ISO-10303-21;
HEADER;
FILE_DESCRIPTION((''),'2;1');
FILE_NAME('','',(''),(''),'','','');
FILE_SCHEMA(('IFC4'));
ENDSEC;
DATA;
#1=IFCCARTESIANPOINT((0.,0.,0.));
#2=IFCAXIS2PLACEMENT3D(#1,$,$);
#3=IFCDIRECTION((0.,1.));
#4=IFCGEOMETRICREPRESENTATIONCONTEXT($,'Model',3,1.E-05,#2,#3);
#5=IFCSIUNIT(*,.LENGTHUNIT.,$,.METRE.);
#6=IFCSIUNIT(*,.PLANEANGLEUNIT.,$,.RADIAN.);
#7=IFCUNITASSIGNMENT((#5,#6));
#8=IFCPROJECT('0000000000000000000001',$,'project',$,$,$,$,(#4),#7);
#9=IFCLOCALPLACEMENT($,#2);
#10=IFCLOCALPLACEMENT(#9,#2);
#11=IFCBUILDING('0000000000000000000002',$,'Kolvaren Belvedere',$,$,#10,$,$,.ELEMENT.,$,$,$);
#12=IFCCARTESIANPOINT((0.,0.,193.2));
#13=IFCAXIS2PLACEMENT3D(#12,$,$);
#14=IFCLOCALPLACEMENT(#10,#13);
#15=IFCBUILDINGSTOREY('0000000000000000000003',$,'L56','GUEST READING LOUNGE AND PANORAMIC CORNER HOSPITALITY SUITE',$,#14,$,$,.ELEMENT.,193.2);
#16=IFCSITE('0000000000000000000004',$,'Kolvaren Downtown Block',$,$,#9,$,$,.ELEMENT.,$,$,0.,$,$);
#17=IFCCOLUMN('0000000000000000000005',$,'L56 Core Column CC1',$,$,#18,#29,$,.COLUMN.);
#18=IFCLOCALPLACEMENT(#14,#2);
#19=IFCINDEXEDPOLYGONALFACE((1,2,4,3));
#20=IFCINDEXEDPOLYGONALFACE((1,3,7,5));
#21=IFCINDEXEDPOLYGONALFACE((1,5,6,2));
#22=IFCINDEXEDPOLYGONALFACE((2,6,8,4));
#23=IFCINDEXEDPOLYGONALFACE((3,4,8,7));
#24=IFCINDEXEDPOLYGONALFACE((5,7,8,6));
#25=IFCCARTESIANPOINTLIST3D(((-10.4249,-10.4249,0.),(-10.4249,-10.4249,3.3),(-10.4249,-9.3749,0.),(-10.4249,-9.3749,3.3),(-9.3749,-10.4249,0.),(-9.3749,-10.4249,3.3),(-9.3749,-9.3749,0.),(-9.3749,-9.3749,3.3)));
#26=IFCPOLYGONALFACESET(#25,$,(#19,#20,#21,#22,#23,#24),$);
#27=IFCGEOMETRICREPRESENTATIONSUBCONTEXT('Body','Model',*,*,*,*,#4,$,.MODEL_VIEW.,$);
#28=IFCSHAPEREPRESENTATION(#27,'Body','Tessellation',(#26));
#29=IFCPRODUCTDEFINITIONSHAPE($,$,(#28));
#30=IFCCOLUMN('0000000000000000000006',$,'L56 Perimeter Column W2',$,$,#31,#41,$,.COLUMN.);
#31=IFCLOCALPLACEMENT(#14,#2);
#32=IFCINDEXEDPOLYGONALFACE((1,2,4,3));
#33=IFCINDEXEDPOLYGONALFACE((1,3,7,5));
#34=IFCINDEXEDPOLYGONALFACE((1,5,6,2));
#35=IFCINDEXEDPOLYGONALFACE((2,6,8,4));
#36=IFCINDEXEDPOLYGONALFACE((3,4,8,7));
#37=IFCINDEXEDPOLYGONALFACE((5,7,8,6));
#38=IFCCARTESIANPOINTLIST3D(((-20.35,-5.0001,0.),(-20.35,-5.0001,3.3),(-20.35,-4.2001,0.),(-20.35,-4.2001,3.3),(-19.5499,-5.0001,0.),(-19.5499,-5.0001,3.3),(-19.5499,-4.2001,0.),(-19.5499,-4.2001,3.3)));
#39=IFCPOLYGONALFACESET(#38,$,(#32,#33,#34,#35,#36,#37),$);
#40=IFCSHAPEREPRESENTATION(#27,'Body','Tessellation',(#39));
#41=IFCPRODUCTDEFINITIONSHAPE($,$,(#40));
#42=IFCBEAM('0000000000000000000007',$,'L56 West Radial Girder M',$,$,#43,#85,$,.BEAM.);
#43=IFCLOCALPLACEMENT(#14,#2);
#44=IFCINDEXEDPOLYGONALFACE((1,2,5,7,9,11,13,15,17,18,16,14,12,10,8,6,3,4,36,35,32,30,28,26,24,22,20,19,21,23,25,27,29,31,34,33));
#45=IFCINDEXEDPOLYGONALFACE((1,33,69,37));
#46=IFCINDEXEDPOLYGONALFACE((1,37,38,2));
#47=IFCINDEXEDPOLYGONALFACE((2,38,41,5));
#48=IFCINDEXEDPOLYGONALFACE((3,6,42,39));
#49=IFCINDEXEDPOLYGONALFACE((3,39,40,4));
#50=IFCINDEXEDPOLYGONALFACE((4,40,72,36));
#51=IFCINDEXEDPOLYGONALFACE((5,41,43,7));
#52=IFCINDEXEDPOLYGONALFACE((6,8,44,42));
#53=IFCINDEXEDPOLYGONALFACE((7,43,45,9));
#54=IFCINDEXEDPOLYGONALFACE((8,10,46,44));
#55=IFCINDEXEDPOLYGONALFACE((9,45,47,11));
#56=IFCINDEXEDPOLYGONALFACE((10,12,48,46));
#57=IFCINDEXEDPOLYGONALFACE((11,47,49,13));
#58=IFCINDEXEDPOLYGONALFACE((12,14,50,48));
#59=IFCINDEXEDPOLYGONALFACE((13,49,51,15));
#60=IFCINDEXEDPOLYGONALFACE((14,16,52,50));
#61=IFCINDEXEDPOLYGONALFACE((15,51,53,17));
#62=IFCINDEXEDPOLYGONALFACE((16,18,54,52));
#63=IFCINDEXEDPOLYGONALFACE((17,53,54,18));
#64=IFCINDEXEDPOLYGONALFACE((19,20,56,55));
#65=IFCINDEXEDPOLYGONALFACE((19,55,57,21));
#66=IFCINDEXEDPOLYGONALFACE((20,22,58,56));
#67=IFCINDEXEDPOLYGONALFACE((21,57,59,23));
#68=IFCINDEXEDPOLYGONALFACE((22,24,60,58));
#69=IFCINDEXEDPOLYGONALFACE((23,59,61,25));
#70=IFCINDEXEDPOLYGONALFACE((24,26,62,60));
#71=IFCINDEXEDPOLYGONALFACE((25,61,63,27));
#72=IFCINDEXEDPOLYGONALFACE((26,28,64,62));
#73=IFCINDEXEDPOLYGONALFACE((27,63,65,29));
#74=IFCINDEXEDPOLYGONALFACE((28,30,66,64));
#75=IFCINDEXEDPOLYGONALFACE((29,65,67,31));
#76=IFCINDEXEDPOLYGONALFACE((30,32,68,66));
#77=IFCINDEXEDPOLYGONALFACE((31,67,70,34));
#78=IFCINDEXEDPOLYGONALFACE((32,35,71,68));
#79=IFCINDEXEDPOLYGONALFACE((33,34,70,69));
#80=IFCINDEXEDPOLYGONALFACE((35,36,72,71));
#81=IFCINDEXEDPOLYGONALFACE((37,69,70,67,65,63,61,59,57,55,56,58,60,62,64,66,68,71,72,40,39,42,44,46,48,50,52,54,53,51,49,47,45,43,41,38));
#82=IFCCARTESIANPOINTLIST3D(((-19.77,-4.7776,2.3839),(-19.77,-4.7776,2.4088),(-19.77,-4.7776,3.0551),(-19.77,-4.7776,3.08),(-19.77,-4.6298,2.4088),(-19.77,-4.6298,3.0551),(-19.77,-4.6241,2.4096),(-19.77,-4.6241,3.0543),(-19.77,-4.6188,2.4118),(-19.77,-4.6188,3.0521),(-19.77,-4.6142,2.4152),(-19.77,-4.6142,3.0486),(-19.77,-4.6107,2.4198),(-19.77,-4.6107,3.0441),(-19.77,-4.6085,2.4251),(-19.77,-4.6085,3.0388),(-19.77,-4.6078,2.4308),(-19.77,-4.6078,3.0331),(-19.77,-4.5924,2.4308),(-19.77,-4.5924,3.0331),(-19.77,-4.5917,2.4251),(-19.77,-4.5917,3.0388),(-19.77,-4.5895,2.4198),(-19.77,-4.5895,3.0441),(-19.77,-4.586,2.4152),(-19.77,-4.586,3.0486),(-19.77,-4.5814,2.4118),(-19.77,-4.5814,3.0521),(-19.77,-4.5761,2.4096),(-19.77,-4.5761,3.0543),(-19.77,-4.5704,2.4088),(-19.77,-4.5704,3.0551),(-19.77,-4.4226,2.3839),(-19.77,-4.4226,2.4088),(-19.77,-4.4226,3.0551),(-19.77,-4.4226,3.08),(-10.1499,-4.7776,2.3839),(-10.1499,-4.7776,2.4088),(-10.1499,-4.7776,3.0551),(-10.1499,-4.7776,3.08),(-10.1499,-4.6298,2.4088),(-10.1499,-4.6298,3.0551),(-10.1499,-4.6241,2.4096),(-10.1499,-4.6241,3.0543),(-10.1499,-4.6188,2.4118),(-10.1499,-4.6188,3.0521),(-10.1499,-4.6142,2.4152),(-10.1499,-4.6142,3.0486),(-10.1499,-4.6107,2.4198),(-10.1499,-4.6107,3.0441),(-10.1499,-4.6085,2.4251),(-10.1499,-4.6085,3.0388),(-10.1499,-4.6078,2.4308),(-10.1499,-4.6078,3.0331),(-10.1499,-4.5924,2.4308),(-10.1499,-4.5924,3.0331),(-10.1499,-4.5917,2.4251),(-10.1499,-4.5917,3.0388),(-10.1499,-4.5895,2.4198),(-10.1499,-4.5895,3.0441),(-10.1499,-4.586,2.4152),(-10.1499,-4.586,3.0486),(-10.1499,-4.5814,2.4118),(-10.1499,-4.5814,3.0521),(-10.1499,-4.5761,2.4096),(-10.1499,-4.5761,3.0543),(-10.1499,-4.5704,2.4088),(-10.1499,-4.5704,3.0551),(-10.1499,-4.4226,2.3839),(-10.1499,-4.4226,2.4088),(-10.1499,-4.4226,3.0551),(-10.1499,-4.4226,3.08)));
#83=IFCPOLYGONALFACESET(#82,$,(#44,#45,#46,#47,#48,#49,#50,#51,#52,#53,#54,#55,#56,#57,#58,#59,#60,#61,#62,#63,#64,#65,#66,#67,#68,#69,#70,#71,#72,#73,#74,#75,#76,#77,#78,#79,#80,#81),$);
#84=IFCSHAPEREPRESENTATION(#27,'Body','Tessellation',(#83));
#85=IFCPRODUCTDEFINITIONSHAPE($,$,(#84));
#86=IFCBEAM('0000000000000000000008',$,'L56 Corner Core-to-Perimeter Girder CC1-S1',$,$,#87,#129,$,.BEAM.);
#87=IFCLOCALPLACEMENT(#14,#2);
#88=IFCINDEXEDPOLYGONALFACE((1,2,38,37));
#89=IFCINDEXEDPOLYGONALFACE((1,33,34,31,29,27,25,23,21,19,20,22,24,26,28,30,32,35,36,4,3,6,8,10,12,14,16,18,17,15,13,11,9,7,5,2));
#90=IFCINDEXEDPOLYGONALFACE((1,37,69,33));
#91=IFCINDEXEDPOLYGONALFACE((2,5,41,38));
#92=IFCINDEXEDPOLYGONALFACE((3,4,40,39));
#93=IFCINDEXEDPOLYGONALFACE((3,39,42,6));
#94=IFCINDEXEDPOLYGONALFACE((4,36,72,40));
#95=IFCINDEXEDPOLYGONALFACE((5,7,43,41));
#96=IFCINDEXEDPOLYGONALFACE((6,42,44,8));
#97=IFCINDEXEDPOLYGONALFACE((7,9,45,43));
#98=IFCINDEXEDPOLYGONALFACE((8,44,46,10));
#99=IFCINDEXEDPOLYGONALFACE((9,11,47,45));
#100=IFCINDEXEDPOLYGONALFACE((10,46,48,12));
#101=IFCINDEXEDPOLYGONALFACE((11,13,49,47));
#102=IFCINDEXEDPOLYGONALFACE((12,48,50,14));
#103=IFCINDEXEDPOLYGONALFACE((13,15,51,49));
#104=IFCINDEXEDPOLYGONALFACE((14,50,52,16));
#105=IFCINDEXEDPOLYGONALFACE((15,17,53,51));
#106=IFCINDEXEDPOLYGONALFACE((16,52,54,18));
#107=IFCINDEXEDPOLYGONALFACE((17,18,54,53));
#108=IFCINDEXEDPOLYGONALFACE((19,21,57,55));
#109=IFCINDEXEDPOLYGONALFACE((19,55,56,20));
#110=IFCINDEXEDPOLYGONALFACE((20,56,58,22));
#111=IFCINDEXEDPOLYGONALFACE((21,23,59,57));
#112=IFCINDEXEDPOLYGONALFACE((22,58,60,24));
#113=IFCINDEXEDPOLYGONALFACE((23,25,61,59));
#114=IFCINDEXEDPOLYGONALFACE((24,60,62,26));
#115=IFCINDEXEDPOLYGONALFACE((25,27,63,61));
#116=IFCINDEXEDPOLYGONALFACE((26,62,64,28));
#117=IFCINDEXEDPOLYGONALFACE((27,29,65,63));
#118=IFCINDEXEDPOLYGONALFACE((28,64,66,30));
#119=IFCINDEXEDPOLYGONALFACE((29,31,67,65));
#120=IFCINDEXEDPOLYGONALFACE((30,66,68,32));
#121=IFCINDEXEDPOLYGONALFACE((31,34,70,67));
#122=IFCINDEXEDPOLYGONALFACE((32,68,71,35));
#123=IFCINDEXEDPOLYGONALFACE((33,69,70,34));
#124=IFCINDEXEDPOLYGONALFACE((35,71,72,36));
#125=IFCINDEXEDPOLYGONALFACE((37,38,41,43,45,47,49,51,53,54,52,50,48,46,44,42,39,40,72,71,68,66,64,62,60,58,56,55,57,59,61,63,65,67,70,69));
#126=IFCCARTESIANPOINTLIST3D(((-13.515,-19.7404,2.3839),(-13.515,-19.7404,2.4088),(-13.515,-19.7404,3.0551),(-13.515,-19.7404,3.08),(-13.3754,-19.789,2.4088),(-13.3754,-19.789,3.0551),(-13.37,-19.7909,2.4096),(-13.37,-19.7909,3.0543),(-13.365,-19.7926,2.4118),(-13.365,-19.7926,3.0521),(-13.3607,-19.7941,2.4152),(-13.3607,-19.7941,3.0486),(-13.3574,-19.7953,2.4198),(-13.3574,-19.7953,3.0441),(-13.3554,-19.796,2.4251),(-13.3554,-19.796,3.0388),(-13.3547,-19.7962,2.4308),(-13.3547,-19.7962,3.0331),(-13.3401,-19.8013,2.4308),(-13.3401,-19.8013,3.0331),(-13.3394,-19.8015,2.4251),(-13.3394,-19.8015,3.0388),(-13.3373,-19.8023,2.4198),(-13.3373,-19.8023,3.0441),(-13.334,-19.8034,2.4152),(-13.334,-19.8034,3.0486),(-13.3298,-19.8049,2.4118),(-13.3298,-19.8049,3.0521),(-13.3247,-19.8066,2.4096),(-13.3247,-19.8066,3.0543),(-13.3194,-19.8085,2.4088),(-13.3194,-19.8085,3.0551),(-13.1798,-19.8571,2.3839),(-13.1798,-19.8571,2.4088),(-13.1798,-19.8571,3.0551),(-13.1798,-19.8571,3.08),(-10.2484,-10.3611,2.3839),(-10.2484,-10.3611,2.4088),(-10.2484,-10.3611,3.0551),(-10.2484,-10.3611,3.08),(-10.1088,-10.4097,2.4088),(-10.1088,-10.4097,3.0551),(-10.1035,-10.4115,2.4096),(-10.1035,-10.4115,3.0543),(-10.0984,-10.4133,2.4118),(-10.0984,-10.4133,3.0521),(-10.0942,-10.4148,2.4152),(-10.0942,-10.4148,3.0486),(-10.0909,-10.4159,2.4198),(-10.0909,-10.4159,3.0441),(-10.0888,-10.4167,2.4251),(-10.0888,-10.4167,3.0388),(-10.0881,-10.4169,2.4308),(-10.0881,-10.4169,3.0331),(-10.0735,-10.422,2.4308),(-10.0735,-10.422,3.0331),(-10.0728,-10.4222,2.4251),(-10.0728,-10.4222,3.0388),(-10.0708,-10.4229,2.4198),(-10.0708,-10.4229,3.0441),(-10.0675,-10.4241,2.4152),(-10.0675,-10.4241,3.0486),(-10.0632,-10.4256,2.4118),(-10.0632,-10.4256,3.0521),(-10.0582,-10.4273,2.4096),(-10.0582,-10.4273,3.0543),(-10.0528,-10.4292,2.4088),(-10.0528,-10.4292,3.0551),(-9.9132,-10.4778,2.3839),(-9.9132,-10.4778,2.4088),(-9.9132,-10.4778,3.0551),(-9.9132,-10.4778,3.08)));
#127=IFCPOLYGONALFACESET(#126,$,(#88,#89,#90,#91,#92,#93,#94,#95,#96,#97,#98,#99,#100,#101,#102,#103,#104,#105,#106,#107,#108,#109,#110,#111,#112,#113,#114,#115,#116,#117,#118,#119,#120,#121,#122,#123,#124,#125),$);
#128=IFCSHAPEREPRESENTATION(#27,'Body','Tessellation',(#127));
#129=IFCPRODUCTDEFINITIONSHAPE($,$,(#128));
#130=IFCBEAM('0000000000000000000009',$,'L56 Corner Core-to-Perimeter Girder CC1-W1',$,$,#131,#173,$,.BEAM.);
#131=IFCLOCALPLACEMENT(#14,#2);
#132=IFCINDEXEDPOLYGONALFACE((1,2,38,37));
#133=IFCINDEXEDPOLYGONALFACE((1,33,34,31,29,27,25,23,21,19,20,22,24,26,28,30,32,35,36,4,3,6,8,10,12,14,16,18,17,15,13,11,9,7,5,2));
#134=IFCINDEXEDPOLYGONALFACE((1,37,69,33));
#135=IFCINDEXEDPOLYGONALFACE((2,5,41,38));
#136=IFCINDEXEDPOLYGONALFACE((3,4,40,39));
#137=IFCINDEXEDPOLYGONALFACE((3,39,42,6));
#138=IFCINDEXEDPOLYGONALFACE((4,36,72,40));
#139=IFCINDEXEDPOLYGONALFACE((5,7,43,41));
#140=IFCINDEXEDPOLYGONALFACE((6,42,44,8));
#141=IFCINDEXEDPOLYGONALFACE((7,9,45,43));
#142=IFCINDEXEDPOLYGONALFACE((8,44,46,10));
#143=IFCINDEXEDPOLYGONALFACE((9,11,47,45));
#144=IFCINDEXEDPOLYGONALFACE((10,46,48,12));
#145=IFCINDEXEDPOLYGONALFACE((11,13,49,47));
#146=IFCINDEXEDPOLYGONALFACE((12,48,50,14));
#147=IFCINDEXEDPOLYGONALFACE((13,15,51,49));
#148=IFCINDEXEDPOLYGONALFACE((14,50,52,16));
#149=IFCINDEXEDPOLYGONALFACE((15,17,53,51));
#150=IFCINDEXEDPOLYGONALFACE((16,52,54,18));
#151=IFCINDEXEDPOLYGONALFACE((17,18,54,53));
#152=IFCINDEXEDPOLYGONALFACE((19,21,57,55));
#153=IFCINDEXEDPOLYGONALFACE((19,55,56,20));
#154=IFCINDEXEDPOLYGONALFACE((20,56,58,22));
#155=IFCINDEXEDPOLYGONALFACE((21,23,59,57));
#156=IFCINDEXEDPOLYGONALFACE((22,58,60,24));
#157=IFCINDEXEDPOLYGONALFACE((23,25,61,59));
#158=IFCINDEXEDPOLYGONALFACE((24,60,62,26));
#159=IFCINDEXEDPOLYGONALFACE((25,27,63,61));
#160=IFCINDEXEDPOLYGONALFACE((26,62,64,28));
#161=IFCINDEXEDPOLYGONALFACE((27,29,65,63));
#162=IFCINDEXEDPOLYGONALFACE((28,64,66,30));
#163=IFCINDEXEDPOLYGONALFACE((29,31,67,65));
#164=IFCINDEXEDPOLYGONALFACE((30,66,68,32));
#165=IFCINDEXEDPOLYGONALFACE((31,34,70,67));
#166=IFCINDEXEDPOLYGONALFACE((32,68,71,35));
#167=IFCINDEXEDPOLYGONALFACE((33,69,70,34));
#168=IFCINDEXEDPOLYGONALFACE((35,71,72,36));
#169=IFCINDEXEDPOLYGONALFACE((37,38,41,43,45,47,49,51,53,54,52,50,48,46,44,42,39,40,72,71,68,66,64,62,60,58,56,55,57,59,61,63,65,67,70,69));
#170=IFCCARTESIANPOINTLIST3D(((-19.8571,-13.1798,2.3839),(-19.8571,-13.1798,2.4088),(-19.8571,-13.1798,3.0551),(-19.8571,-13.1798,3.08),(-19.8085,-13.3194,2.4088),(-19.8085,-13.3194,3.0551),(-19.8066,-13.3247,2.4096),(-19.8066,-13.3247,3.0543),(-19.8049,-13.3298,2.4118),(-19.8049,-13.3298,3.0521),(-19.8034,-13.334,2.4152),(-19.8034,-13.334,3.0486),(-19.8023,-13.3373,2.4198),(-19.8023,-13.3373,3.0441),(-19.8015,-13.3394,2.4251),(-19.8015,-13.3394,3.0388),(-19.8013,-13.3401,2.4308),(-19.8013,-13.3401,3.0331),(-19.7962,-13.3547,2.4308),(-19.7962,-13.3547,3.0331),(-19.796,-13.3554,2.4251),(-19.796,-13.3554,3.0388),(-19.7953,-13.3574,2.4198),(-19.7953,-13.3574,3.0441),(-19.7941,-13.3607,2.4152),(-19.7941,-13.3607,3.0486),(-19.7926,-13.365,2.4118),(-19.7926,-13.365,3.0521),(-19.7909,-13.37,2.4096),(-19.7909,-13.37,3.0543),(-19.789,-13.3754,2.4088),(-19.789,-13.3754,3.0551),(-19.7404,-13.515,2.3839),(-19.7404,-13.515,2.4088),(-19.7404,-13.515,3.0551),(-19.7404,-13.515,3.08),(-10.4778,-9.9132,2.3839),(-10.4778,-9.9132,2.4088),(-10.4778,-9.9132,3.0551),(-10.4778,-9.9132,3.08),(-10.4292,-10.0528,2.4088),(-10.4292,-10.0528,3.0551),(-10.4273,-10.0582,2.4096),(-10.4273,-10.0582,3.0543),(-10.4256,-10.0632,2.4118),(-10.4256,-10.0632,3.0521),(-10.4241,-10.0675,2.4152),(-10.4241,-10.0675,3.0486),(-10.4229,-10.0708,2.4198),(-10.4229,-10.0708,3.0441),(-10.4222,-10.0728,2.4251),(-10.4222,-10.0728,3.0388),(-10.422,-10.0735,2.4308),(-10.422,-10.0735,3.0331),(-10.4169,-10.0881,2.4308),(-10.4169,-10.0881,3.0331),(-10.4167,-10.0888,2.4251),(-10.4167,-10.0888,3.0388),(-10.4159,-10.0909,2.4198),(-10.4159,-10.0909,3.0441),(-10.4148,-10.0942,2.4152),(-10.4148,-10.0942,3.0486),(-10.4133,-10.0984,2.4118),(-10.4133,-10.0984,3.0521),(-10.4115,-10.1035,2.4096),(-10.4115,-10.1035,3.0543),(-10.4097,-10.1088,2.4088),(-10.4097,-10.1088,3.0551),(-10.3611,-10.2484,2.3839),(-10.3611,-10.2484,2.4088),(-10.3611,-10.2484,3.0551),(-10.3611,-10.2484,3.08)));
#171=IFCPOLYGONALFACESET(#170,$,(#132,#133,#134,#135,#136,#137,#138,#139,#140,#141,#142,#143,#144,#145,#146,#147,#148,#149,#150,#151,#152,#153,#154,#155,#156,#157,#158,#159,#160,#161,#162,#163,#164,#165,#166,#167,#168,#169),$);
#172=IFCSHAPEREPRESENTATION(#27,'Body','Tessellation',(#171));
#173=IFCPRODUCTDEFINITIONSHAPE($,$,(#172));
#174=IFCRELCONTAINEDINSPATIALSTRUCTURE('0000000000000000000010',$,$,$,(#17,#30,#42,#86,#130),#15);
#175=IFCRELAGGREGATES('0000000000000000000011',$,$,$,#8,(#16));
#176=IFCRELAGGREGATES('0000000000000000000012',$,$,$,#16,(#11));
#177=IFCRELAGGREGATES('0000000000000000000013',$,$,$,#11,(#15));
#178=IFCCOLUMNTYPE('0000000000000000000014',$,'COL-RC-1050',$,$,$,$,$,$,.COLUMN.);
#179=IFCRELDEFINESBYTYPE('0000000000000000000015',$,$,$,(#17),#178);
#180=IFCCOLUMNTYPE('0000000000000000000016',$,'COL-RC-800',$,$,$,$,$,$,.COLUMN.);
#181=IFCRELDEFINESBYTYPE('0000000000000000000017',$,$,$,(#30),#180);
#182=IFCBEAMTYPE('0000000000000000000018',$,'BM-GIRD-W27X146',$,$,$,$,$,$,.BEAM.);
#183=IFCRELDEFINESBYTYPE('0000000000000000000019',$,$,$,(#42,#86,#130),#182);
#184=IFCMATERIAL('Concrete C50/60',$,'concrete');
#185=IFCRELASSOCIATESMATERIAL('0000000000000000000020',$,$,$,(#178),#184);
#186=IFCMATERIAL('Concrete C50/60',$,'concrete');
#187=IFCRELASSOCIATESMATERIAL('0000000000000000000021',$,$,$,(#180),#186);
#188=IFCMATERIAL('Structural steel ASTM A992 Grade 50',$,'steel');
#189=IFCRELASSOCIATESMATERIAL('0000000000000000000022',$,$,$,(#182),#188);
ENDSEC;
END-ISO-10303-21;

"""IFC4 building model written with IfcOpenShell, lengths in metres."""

from ifc_helpers import new_model, si_unit, direction, frame, origin, origin_2d, place, context, subcontext, project, spatial, rectangle, i_section, extrude, material, material_profile, profile_set, type_object, element, save


model = new_model("IFC4")

# Units and contexts
model_context = context("Model", 3, precision=1e-05, world=origin(), true_north=direction((0.0, 1.0)))
body_context = subcontext(model_context, "Body", "Model", "MODEL_VIEW")
ifc_project = project(units=[si_unit("LENGTHUNIT", "METRE"), si_unit("PLANEANGLEUNIT", "RADIAN")], contexts=[model_context])

# Site, building, storey
site_placement = place(None, origin())
site = spatial("IfcSite", under=ifc_project, at=site_placement, Name="Kolvaren Downtown Block", CompositionType="ELEMENT", RefElevation=0.0)
building_placement = place(site_placement, origin())
building = spatial("IfcBuilding", under=site, at=building_placement, Name="Kolvaren Belvedere", CompositionType="ELEMENT")
storey_placement = place(building_placement, frame((0.0, 0.0, 193.2)))
storey = spatial("IfcBuildingStorey", under=building, at=storey_placement, Name="L56", Description="GUEST READING LOUNGE AND PANORAMIC CORNER HOSPITALITY SUITE", CompositionType="ELEMENT", Elevation=193.2)

# Columns
ifc_material_1 = material(Name="Concrete C50/60", Category="concrete")
ifc_material_profile_1 = material_profile(ifc_material_1, rectangle(XDim=1.05, YDim=1.05, at=origin_2d()), Name="RC 1050X1050")
ifc_profile_set_1 = profile_set([ifc_material_profile_1], Name="Concrete C50/60")
column_type_1 = type_object("IfcColumnType", Name="COL-RC-1050", PredefinedType="COLUMN", material=ifc_profile_set_1)
column_1_placement = place(storey_placement, frame((-9.8999, -9.8999, 0.0), z_axis=(0.0, 0.0, 1.0), x_axis=(1.0, 0.0, 0.0)))
element("IfcColumn", 1, at=column_1_placement, inside=storey, type_object=column_type_1, Name="L56 Core Column CC1", PredefinedType="COLUMN", context=body_context, shape_type="SweptSolid", body=[
    extrude(rectangle(XDim=1.05, YDim=1.05, at=origin_2d()), origin(), (0.0, 0.0, 1.0), 3.3),
])
ifc_material_2 = material(Name="Concrete C50/60", Category="concrete")
ifc_material_profile_2 = material_profile(ifc_material_2, rectangle(XDim=0.8, YDim=0.8, at=origin_2d()), Name="RC 800X800")
ifc_profile_set_2 = profile_set([ifc_material_profile_2], Name="Concrete C50/60")
column_type_2 = type_object("IfcColumnType", Name="COL-RC-800", PredefinedType="COLUMN", material=ifc_profile_set_2)
column_2_placement = place(storey_placement, frame((-19.95, -4.6001, 0.0), z_axis=(0.0, 0.0, 1.0), x_axis=(1.0, 0.0, 0.0)))
element("IfcColumn", 2, at=column_2_placement, inside=storey, type_object=column_type_2, Name="L56 Perimeter Column W2", PredefinedType="COLUMN", context=body_context, shape_type="SweptSolid", body=[
    extrude(rectangle(XDim=0.8, YDim=0.8, at=origin_2d()), origin(), (0.0, 0.0, 1.0), 3.3),
])

# Beams
ifc_material_3 = material(Name="Structural steel ASTM A992 Grade 50", Category="steel")
ifc_material_profile_3 = material_profile(ifc_material_3, i_section(OverallWidth=0.355, OverallDepth=0.696, WebThickness=0.0154, FlangeThickness=0.0249, FilletRadius=0.022, at=origin_2d()), Name="W27X146")
ifc_profile_set_3 = profile_set([ifc_material_profile_3], Name="Structural steel ASTM A992 Grade 50")
beam_type_1 = type_object("IfcBeamType", Name="BM-GIRD-W27X146", PredefinedType="BEAM", material=ifc_profile_set_3)
beam_1_placement = place(storey_placement, frame((-10.1499, -4.6001, 2.7319), z_axis=(-1.0, 0.0, 0.0), x_axis=(0.0, -1.0, 0.0)))
element("IfcBeam", 3, at=beam_1_placement, inside=storey, type_object=beam_type_1, Name="L56 West Radial Girder M", PredefinedType="BEAM", context=body_context, shape_type="SweptSolid", body=[
    extrude(i_section(OverallWidth=0.355, OverallDepth=0.696, WebThickness=0.0154, FlangeThickness=0.0249, FilletRadius=0.022, at=origin_2d()), origin(), (0.0, 0.0, 1.0), 9.6201),
])
for number, where, z_axis, x_axis, name in (
    (4, (-10.0808, -10.4194, 2.7319), (-0.328898, -0.944365, 0.0), (0.944365, -0.328898, 0.0), "L56 Corner Core-to-Perimeter Girder CC1-S1"),
    (5, (-10.4194, -10.0808, 2.7319), (-0.944365, -0.328898, 0.0), (0.328898, -0.944365, 0.0), "L56 Corner Core-to-Perimeter Girder CC1-W1"),
):
    element("IfcBeam", number, at=place(storey_placement, frame(where, z_axis=z_axis, x_axis=x_axis)), inside=storey, type_object=beam_type_1, Name=name, PredefinedType="BEAM", context=body_context, shape_type="SweptSolid", body=[
        extrude(i_section(OverallWidth=0.355, OverallDepth=0.696, WebThickness=0.0154, FlangeThickness=0.0249, FilletRadius=0.022, at=origin_2d()), origin(), (0.0, 0.0, 1.0), 9.9319),
    ])

save(model, "model.ifc")
